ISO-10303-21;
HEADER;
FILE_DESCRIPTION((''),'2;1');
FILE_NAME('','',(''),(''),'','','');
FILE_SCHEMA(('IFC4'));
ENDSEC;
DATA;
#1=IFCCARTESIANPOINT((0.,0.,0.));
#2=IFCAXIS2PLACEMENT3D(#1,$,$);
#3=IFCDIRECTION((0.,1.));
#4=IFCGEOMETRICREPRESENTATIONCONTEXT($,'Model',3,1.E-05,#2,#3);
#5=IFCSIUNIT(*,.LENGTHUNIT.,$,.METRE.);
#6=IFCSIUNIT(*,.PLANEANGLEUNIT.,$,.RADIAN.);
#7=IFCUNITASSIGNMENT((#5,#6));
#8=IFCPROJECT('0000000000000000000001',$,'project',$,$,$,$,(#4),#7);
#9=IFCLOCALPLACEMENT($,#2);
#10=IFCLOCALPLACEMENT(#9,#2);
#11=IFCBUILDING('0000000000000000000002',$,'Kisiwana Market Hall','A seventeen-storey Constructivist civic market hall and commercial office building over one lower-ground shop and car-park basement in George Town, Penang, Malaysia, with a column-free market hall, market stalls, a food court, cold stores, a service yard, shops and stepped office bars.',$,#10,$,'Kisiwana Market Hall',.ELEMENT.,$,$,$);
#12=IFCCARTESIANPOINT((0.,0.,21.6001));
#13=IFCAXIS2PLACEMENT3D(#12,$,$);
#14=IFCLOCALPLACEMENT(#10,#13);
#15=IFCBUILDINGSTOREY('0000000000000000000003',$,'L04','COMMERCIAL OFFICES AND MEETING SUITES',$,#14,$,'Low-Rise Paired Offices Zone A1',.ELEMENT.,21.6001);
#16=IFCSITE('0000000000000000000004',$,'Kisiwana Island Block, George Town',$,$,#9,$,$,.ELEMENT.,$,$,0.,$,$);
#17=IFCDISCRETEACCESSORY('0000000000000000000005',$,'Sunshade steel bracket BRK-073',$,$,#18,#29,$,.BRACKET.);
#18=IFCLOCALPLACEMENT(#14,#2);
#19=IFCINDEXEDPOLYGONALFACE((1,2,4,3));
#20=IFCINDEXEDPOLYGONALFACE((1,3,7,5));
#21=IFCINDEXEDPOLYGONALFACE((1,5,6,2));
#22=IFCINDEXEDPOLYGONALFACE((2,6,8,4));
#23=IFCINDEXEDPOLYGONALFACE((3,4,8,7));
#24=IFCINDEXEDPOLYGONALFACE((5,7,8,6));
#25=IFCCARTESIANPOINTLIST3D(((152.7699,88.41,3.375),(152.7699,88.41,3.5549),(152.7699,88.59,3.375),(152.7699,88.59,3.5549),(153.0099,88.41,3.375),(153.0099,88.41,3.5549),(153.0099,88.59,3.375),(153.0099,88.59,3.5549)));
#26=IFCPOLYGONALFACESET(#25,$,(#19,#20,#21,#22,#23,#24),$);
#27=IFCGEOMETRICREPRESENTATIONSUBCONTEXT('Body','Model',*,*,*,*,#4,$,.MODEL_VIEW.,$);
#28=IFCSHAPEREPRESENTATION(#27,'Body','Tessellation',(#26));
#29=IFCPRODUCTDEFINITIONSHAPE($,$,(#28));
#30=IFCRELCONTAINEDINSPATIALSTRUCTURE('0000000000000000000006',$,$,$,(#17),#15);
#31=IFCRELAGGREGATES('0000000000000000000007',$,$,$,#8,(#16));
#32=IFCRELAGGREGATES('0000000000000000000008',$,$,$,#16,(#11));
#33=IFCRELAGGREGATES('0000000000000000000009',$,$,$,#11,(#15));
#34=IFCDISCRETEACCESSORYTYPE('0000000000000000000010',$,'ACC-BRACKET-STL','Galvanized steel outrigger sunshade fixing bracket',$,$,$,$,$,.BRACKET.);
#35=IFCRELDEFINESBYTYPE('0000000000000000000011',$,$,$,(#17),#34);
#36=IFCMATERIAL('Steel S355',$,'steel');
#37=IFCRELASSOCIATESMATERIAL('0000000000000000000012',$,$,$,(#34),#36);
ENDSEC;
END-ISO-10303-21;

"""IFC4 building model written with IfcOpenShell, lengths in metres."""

from ifc_helpers import new_model, si_unit, direction, frame, origin, origin_2d, place, context, subcontext, project, spatial, rectangle, extrude, material, type_object, element, save


model = new_model("IFC4")

# Units and contexts
model_context = context("Model", 3, precision=1e-05, world=origin(), true_north=direction((0.0, 1.0)))
body_context = subcontext(model_context, "Body", "Model", "MODEL_VIEW")
ifc_project = project(units=[si_unit("LENGTHUNIT", "METRE"), si_unit("PLANEANGLEUNIT", "RADIAN")], contexts=[model_context])

# Site, building, storey
site_placement = place(None, origin())
site = spatial("IfcSite", under=ifc_project, at=site_placement, Name="Kisiwana Island Block, George Town", CompositionType="ELEMENT", RefElevation=0.0)
building_placement = place(site_placement, origin())
building = spatial("IfcBuilding", under=site, at=building_placement, Name="Kisiwana Market Hall", Description="A seventeen-storey Constructivist civic market hall and commercial office building over one lower-ground shop and car-park basement in George Town, Penang, Malaysia, with a column-free market hall, market stalls, a food court, cold stores, a service yard, shops and stepped office bars.", LongName="Kisiwana Market Hall", CompositionType="ELEMENT")
storey_placement = place(building_placement, frame((0.0, 0.0, 21.6001)))
storey = spatial("IfcBuildingStorey", under=building, at=storey_placement, Name="L04", Description="COMMERCIAL OFFICES AND MEETING SUITES", LongName="Low-Rise Paired Offices Zone A1", CompositionType="ELEMENT", Elevation=21.6001)

# Discrete accessory
ifc_material_1 = material(Name="Steel S355", Category="steel")
discrete_accessory_type = type_object("IfcDiscreteAccessoryType", Name="ACC-BRACKET-STL", Description="Galvanized steel outrigger sunshade fixing bracket", PredefinedType="BRACKET", material=ifc_material_1)
for number, where, z_axis, x_axis, name in (
    (1, (152.8899, 88.5, 3.375), (0.0, 0.0, 1.0), (0.0, 1.0, 0.0), "Sunshade steel bracket BRK-073"),
):
    element("IfcDiscreteAccessory", number, at=place(storey_placement, frame(where, z_axis=z_axis, x_axis=x_axis)), inside=storey, type_object=discrete_accessory_type, Name=name, PredefinedType="BRACKET", context=body_context, shape_type="SweptSolid", body=[
        extrude(rectangle(XDim=0.1799, YDim=0.24, at=origin_2d()), origin(), (0.0, 0.0, 1.0), 0.1799),
    ])

save(model, "model.ifc")
